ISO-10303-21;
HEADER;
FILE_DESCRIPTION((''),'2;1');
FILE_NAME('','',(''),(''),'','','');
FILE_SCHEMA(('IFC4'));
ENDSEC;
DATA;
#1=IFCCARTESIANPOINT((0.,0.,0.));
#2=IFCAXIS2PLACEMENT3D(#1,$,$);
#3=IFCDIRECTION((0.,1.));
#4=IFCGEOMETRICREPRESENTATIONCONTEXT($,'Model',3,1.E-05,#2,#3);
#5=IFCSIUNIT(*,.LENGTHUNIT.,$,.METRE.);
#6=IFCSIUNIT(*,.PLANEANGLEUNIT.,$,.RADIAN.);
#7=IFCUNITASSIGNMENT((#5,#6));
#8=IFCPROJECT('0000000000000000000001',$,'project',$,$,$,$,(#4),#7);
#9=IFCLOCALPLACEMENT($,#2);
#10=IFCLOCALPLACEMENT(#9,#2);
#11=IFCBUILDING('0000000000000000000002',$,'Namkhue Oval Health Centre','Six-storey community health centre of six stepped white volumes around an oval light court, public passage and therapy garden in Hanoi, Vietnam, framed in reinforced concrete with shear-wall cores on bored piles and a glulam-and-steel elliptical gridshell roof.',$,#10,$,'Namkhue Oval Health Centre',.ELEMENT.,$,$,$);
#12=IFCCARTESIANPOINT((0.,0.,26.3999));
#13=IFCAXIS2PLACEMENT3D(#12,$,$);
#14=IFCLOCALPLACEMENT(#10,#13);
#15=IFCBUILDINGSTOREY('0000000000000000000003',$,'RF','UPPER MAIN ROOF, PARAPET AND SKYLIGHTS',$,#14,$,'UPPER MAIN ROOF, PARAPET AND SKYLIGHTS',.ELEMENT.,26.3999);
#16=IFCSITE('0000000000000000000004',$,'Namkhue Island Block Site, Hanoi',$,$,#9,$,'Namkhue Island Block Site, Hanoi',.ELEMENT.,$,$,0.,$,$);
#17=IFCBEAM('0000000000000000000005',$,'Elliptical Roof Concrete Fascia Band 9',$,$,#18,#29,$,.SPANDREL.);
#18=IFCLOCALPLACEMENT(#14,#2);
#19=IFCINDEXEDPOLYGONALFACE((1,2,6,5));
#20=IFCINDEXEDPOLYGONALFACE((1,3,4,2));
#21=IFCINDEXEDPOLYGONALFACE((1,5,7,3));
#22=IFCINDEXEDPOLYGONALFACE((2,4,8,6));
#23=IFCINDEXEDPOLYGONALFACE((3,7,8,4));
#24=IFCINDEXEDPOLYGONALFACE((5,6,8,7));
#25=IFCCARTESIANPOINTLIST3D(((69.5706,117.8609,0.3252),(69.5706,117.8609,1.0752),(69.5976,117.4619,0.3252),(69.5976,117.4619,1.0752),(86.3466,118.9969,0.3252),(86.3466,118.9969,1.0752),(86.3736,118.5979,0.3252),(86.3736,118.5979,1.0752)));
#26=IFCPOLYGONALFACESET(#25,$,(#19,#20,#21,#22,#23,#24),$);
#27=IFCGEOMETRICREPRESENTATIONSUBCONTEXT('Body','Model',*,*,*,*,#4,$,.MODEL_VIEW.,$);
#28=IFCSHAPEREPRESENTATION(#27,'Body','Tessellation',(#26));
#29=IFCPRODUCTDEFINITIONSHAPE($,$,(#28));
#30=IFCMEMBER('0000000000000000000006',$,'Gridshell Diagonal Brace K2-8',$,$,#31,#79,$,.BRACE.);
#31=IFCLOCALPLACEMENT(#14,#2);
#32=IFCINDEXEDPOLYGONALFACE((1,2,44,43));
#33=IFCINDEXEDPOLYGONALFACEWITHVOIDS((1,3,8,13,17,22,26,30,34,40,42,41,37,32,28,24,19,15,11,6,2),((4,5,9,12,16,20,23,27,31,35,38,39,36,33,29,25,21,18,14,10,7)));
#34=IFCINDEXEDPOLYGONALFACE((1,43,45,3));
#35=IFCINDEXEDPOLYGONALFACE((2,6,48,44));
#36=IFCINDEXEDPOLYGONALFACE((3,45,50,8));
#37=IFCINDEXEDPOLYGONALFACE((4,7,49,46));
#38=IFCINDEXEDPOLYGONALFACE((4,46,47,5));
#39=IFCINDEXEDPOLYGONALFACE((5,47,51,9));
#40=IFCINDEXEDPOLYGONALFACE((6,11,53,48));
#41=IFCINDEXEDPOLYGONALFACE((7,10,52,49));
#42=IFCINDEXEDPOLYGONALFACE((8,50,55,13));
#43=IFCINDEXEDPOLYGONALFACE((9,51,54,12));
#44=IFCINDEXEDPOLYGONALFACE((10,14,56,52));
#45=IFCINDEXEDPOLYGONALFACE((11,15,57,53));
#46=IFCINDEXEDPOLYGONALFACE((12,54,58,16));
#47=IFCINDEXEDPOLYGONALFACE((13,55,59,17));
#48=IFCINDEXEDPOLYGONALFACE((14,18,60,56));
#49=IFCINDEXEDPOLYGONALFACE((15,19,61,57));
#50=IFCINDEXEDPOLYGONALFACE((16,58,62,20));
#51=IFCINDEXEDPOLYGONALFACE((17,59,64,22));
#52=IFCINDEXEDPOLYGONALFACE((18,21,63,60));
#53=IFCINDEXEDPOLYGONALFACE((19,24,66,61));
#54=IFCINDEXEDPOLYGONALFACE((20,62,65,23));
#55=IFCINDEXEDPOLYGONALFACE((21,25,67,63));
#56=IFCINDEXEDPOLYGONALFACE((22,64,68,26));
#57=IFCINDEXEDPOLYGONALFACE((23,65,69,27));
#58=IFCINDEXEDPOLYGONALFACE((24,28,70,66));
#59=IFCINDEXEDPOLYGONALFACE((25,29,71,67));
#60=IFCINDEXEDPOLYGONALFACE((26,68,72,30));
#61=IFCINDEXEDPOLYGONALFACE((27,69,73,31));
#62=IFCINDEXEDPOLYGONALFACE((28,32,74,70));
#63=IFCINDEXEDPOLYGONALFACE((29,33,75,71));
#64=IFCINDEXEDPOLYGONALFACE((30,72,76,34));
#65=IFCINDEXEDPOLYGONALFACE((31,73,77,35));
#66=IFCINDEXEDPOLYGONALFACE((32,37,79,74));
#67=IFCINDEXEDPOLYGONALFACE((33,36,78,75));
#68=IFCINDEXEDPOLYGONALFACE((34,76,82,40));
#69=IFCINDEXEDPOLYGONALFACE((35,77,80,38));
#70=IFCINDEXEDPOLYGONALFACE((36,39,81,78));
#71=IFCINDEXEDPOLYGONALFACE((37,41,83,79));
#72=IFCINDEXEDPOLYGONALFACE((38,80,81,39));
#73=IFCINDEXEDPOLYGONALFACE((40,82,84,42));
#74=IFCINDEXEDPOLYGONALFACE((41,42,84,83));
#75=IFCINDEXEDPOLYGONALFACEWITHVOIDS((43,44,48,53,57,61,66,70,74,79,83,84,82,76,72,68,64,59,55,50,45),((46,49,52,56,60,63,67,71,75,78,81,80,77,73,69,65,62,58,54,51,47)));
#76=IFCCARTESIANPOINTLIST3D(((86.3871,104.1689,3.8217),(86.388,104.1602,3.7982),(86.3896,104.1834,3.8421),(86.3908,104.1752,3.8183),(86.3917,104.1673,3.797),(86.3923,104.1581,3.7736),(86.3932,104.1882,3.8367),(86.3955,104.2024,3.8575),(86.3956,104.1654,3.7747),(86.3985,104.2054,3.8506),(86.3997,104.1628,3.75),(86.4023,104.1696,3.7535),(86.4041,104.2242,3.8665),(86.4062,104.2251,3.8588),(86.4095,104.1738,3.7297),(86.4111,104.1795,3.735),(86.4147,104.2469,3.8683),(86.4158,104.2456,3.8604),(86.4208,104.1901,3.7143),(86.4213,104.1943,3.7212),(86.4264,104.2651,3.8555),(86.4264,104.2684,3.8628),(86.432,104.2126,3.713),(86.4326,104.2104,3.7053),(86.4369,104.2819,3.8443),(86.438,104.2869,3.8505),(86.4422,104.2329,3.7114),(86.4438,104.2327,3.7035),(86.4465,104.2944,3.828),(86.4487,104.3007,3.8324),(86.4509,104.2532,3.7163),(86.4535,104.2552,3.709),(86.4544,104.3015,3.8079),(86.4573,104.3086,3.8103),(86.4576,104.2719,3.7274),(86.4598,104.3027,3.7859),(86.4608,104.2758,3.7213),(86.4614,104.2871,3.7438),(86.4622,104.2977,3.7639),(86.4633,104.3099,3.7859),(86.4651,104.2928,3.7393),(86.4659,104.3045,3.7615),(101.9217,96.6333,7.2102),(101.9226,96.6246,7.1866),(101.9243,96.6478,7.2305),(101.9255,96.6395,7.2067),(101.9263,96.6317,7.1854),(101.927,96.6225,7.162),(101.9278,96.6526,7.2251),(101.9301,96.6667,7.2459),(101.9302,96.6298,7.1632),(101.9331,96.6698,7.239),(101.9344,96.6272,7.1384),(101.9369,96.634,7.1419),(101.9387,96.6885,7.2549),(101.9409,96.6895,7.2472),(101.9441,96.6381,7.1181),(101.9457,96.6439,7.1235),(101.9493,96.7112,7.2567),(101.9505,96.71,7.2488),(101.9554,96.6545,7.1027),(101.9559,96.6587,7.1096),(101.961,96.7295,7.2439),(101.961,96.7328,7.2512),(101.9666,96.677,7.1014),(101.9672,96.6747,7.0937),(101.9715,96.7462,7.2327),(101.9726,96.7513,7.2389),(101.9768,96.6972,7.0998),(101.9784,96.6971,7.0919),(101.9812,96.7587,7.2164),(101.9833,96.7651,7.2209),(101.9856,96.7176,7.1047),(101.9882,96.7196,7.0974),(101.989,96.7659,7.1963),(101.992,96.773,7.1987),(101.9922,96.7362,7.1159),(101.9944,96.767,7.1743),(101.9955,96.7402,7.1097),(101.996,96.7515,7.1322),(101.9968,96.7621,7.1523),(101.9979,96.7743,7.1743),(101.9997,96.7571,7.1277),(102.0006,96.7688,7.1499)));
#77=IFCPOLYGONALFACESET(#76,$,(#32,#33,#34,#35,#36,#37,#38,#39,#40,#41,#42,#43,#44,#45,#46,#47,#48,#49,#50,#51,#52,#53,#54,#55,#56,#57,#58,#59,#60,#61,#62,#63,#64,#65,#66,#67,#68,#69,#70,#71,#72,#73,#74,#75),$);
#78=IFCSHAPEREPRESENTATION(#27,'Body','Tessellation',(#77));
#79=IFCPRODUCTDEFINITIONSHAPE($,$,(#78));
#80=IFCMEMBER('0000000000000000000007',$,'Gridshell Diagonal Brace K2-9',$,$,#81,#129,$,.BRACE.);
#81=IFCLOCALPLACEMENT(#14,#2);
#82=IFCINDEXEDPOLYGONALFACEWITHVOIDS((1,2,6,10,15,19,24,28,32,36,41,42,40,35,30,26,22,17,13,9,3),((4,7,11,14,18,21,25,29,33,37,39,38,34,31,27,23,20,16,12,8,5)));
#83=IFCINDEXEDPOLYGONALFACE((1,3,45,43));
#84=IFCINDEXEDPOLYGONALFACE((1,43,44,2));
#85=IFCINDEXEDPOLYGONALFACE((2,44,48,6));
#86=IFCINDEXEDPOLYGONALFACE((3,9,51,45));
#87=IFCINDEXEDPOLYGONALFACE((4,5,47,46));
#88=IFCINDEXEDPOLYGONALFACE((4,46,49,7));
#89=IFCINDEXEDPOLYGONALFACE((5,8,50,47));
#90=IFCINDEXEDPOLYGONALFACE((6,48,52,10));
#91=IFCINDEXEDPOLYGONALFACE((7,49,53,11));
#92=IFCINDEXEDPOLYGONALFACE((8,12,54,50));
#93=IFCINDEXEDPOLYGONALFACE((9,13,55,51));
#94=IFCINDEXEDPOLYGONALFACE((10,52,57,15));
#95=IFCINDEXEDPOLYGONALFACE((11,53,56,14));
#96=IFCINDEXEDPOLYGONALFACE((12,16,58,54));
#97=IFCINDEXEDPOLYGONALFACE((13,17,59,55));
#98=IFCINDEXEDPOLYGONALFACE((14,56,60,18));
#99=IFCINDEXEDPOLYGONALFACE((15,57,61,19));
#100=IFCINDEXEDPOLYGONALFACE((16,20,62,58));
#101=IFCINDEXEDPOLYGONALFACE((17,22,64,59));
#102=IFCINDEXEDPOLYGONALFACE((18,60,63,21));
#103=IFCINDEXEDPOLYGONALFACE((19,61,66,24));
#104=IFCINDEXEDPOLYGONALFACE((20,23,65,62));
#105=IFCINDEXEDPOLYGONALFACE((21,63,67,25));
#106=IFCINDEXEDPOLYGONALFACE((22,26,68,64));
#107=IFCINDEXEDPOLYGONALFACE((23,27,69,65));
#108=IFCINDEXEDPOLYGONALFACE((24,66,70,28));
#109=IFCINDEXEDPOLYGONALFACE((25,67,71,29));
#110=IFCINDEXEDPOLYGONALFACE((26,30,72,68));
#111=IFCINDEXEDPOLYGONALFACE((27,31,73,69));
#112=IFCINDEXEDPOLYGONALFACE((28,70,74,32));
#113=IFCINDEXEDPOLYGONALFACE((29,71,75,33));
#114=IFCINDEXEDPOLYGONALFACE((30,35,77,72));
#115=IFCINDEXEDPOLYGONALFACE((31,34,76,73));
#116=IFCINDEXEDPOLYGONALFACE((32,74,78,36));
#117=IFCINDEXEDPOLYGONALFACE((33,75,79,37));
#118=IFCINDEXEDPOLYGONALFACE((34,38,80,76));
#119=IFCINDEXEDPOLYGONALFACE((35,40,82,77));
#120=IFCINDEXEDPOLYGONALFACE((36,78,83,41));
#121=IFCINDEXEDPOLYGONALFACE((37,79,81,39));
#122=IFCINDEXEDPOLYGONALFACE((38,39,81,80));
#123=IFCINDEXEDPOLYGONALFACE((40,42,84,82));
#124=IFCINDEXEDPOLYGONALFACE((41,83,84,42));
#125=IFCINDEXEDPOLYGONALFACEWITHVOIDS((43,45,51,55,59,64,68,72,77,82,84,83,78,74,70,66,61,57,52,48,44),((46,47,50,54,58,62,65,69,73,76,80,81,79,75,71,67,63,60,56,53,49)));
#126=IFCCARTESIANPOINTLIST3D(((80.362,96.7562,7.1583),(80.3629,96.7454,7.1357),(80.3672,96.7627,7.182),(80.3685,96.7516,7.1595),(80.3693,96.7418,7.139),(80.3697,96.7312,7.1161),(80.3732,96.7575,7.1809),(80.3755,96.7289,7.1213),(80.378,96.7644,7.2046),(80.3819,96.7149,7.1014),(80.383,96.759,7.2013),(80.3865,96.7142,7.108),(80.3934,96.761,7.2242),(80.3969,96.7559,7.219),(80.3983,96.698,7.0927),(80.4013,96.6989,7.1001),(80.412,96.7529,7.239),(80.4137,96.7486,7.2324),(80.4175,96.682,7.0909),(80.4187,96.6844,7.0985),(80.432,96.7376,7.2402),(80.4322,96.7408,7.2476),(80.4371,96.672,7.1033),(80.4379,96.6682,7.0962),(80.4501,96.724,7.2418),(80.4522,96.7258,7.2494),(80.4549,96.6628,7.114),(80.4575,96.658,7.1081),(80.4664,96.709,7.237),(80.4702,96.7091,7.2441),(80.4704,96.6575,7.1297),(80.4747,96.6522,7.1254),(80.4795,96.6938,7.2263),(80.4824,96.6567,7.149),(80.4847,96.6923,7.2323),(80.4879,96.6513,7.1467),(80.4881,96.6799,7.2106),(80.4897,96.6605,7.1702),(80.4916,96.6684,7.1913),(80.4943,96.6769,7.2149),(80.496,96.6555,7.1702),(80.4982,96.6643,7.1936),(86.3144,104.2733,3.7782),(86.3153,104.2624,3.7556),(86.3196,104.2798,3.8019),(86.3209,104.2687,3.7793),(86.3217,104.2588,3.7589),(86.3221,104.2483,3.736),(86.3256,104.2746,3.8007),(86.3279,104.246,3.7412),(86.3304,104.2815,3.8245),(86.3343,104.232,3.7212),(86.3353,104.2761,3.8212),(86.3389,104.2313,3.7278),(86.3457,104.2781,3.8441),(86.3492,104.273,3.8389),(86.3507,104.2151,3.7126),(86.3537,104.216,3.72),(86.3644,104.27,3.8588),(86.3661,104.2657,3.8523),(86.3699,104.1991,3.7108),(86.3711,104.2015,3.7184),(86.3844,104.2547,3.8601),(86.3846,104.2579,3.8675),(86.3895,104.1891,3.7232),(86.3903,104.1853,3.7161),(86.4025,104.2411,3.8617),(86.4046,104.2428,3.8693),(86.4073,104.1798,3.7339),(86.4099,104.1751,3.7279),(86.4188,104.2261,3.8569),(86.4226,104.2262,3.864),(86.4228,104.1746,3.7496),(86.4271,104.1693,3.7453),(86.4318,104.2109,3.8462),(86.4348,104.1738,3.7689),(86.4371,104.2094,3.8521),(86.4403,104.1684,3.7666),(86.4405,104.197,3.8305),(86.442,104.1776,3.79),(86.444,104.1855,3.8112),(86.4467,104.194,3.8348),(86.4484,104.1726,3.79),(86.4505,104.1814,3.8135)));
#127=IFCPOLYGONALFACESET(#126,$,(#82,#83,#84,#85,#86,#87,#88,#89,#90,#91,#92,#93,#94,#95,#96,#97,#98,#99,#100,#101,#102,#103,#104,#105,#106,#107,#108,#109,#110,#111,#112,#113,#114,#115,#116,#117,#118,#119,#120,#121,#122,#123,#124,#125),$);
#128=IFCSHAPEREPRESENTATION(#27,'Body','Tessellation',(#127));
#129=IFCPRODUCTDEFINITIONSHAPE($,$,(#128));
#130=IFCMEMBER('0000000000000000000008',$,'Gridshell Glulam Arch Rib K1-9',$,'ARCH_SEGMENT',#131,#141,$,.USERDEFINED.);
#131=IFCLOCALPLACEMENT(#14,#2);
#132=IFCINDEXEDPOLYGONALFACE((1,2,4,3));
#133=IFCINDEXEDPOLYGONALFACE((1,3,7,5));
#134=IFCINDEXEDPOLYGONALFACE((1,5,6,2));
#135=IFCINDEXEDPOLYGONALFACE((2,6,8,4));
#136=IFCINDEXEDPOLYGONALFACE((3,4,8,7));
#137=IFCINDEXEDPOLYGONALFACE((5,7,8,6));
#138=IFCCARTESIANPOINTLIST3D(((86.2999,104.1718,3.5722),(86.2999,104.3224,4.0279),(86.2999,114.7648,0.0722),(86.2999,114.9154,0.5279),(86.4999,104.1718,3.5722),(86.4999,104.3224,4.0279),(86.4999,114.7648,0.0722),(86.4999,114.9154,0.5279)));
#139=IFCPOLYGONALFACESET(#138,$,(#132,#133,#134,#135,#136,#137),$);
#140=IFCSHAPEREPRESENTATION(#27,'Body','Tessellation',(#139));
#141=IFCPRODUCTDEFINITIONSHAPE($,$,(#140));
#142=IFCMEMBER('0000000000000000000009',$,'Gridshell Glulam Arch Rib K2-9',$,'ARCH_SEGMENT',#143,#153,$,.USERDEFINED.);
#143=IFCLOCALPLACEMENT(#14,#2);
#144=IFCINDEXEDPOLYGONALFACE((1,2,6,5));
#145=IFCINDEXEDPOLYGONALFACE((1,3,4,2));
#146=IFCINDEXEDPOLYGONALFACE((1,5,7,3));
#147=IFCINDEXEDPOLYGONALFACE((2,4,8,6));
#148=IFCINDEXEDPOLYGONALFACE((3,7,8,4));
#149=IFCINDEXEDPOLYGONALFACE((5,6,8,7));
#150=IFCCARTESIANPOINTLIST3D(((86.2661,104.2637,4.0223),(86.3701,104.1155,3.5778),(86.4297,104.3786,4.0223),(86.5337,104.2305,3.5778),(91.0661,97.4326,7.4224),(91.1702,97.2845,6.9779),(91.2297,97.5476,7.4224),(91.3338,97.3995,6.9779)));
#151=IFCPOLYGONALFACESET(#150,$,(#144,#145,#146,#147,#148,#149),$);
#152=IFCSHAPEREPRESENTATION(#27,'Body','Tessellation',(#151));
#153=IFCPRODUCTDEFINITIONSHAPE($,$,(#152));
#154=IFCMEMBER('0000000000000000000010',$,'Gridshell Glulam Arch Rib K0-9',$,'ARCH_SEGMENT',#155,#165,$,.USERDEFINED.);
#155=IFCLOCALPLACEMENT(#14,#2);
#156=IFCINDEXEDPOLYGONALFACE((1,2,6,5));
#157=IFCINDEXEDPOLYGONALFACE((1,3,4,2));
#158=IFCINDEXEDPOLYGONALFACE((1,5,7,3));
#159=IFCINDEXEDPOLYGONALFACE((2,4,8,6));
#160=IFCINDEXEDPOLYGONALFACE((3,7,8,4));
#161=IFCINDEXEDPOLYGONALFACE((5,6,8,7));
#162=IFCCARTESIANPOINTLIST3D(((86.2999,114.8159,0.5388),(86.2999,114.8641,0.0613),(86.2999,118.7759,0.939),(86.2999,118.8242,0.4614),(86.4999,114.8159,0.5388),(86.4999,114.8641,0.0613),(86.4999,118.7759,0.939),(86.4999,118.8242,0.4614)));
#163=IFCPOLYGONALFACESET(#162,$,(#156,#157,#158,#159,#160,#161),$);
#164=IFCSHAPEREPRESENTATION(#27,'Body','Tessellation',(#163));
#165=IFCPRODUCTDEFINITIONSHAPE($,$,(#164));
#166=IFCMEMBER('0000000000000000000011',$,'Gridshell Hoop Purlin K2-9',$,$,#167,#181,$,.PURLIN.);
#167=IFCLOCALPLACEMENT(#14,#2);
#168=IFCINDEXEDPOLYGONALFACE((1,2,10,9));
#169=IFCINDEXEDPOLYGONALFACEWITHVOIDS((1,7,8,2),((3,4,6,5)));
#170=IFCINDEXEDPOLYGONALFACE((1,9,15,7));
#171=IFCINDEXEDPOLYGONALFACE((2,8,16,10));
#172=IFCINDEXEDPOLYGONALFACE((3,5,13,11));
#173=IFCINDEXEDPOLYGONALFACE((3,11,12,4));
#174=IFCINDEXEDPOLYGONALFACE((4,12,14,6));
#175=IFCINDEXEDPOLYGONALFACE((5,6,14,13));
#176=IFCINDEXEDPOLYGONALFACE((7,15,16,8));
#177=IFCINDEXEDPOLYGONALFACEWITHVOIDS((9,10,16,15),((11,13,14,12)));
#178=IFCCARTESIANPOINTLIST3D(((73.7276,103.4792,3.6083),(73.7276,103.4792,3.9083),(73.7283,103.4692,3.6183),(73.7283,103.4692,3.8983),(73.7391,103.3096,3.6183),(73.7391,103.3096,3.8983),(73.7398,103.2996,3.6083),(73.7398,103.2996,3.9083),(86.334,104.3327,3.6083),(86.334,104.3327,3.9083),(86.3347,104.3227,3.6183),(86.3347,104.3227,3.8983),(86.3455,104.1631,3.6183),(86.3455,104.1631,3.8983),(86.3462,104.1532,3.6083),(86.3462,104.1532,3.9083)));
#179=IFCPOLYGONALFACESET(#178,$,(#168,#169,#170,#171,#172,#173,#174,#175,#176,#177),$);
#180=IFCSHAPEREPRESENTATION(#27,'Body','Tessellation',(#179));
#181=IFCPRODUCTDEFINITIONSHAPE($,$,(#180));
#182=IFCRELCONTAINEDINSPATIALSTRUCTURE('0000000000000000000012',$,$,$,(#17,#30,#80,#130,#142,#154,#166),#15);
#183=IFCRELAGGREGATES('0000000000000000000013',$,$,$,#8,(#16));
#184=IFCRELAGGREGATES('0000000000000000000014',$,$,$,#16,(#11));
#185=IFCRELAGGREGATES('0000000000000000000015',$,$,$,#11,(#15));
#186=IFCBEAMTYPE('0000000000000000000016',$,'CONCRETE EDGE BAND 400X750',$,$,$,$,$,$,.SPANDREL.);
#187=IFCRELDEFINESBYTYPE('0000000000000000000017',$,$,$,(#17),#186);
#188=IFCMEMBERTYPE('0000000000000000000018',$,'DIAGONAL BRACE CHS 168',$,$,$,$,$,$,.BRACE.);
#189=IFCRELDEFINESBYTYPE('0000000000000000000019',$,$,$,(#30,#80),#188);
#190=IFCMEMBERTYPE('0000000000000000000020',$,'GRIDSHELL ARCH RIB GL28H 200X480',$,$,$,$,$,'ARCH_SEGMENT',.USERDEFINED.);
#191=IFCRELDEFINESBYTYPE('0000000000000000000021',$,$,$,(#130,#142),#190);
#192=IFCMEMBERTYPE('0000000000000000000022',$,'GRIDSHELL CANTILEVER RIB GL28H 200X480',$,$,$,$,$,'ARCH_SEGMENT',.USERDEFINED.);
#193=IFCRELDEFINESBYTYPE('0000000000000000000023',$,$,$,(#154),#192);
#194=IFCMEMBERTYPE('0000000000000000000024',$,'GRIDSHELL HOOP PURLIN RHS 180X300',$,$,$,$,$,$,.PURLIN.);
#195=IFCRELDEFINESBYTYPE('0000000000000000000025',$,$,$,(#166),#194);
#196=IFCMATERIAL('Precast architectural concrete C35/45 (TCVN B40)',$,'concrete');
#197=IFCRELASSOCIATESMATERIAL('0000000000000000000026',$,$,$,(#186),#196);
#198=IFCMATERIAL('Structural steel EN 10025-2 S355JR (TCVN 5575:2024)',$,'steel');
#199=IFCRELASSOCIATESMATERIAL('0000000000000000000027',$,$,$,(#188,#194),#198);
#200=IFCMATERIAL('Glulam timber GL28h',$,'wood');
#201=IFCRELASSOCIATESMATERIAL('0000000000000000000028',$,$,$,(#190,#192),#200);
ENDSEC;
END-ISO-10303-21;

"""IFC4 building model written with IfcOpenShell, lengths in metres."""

from ifc_helpers import new_model, si_unit, direction, frame, origin, origin_2d, place, context, subcontext, project, spatial, rectangle, hollow_rectangle, hollow_circle, extrude, material, material_profile, profile_set, type_object, element, save


model = new_model("IFC4")

# Units and contexts
model_context = context("Model", 3, precision=1e-05, world=origin(), true_north=direction((0.0, 1.0)))
body_context = subcontext(model_context, "Body", "Model", "MODEL_VIEW")
ifc_project = project(units=[si_unit("LENGTHUNIT", "METRE"), si_unit("PLANEANGLEUNIT", "RADIAN")], contexts=[model_context])

# Site, building, storey
site_placement = place(None, origin())
site = spatial("IfcSite", under=ifc_project, at=site_placement, Name="Namkhue Island Block Site, Hanoi", LongName="Namkhue Island Block Site, Hanoi", CompositionType="ELEMENT", RefElevation=0.0)
building_placement = place(site_placement, origin())
building = spatial("IfcBuilding", under=site, at=building_placement, Name="Namkhue Oval Health Centre", Description="Six-storey community health centre of six stepped white volumes around an oval light court, public passage and therapy garden in Hanoi, Vietnam, framed in reinforced concrete with shear-wall cores on bored piles and a glulam-and-steel elliptical gridshell roof.", LongName="Namkhue Oval Health Centre", CompositionType="ELEMENT")
storey_placement = place(building_placement, frame((0.0, 0.0, 26.3999)))
storey = spatial("IfcBuildingStorey", under=building, at=storey_placement, Name="RF", Description="UPPER MAIN ROOF, PARAPET AND SKYLIGHTS", LongName="UPPER MAIN ROOF, PARAPET AND SKYLIGHTS", CompositionType="ELEMENT", Elevation=26.3999)

# Beam
ifc_material_1 = material(Name="Precast architectural concrete C35/45 (TCVN B40)", Category="concrete")
ifc_material_profile_1 = material_profile(ifc_material_1, rectangle(XDim=0.3999, YDim=0.75, at=origin_2d()), Name="RC 400x750")
ifc_profile_set_1 = profile_set([ifc_material_profile_1], Name="Precast architectural concrete C35/45 (TCVN B40)")
beam_type = type_object("IfcBeamType", Name="CONCRETE EDGE BAND 400X750", PredefinedType="SPANDREL", material=ifc_profile_set_1)
beam_placement = place(storey_placement, frame((86.3601, 118.7974, 0.7002), z_axis=(-0.997715, -0.06756, 0.0), x_axis=(0.06756, -0.997715, 0.0)))
element("IfcBeam", 1, at=beam_placement, inside=storey, type_object=beam_type, Name="Elliptical Roof Concrete Fascia Band 9", PredefinedType="SPANDREL", context=body_context, shape_type="SweptSolid", body=[
    extrude(rectangle(XDim=0.3999, YDim=0.75, at=origin_2d()), origin(), (0.0, 0.0, 1.0), 16.8145),
])

# Members
ifc_material_2 = material(Name="Structural steel EN 10025-2 S355JR (TCVN 5575:2024)", Category="steel")
ifc_material_profile_2 = material_profile(ifc_material_2, hollow_circle(Radius=0.0842, WallThickness=0.0081, at=origin_2d()), Name="CHS 168.3x8")
ifc_profile_set_2 = profile_set([ifc_material_profile_2], Name="Structural steel EN 10025-2 S355JR (TCVN 5575:2024)")
member_type_1 = type_object("IfcMemberType", Name="DIAGONAL BRACE CHS 168", PredefinedType="BRACE", material=ifc_profile_set_2)
member_1_placement = place(storey_placement, frame((86.4265, 104.2341, 3.7859), z_axis=(0.882889, -0.428277, 0.192576), x_axis=(0.436446, 0.89973, 0.0)))
element("IfcMember", 2, at=member_1_placement, inside=storey, type_object=member_type_1, Name="Gridshell Diagonal Brace K2-8", PredefinedType="BRACE", context=body_context, shape_type="SweptSolid", body=[
    extrude(hollow_circle(Radius=0.0842, WallThickness=0.0081, at=origin_2d()), origin(), (0.0, 0.0, 1.0), 17.5952),
])
member_2_placement = place(storey_placement, frame((86.3823, 104.2249, 3.79), z_axis=(-0.585476, -0.73938, 0.332469), x_axis=(0.783977, -0.62079, 0.0)))
element("IfcMember", 3, at=member_2_placement, inside=storey, type_object=member_type_1, Name="Gridshell Diagonal Brace K2-9", PredefinedType="BRACE", context=body_context, shape_type="SweptSolid", body=[
    extrude(hollow_circle(Radius=0.0842, WallThickness=0.0081, at=origin_2d()), origin(), (0.0, 0.0, 1.0), 10.1667),
])
ifc_material_3 = material(Name="Glulam timber GL28h", Category="wood")
ifc_material_profile_3 = material_profile(ifc_material_3, rectangle(XDim=0.2, YDim=0.48, at=origin_2d()), Name="GL28h 200x480")
ifc_profile_set_3 = profile_set([ifc_material_profile_3], Name="Glulam timber GL28h")
member_type_2 = type_object("IfcMemberType", Name="GRIDSHELL ARCH RIB GL28H 200X480", ElementType="ARCH_SEGMENT", PredefinedType="USERDEFINED", material=ifc_profile_set_3)
member_3_placement = place(storey_placement, frame((86.3999, 114.8401, 0.3), z_axis=(0.0, -0.949514, 0.313725), x_axis=(1.0, 0.0, 0.0)))
element("IfcMember", 4, at=member_3_placement, inside=storey, type_object=member_type_2, Name="Gridshell Glulam Arch Rib K1-9", ObjectType="ARCH_SEGMENT", PredefinedType="USERDEFINED", context=body_context, shape_type="SweptSolid", body=[
    extrude(rectangle(XDim=0.2, YDim=0.48, at=origin_2d()), origin(), (0.0, 0.0, 1.0), 11.1562),
])
member_4_placement = place(storey_placement, frame((86.3999, 104.2471, 3.8), z_axis=(0.532469, -0.757769, 0.377178), x_axis=(0.8182, 0.574933, 0.0)))
element("IfcMember", 5, at=member_4_placement, inside=storey, type_object=member_type_2, Name="Gridshell Glulam Arch Rib K2-9", ObjectType="ARCH_SEGMENT", PredefinedType="USERDEFINED", context=body_context, shape_type="SweptSolid", body=[
    extrude(rectangle(XDim=0.2, YDim=0.48, at=origin_2d()), origin(), (0.0, 0.0, 1.0), 9.0146),
])
ifc_material_profile_4 = material_profile(ifc_material_3, rectangle(XDim=0.2, YDim=0.48, at=origin_2d()), Name="GL28h 200x480")
ifc_profile_set_4 = profile_set([ifc_material_profile_4], Name="Glulam timber GL28h")
member_type_3 = type_object("IfcMemberType", Name="GRIDSHELL CANTILEVER RIB GL28H 200X480", ElementType="ARCH_SEGMENT", PredefinedType="USERDEFINED", material=ifc_profile_set_4)
member_5_placement = place(storey_placement, frame((86.3999, 118.8, 0.7002), z_axis=(0.0, -0.994933, -0.100536), x_axis=(1.0, 0.0, 0.0)))
element("IfcMember", 6, at=member_5_placement, inside=storey, type_object=member_type_3, Name="Gridshell Glulam Arch Rib K0-9", ObjectType="ARCH_SEGMENT", PredefinedType="USERDEFINED", context=body_context, shape_type="SweptSolid", body=[
    extrude(rectangle(XDim=0.2, YDim=0.48, at=origin_2d()), origin(), (0.0, 0.0, 1.0), 3.9802),
])
ifc_material_profile_5 = material_profile(ifc_material_2, hollow_rectangle(XDim=0.1799, YDim=0.3, WallThickness=0.01, at=origin_2d()), Name="RHS 180x300x10")
ifc_profile_set_5 = profile_set([ifc_material_profile_5], Name="Structural steel EN 10025-2 S355JR (TCVN 5575:2024)")
member_type_4 = type_object("IfcMemberType", Name="GRIDSHELL HOOP PURLIN RHS 180X300", PredefinedType="PURLIN", material=ifc_profile_set_5)
member_6_placement = place(storey_placement, frame((86.3401, 104.2429, 3.7583), z_axis=(-0.997716, -0.06755, 0.0), x_axis=(0.06755, -0.997716, 0.0)))
element("IfcMember", 7, at=member_6_placement, inside=storey, type_object=member_type_4, Name="Gridshell Hoop Purlin K2-9", PredefinedType="PURLIN", context=body_context, shape_type="SweptSolid", body=[
    extrude(hollow_rectangle(XDim=0.1799, YDim=0.3, WallThickness=0.01, at=origin_2d()), origin(), (0.0, 0.0, 1.0), 12.6353),
])

save(model, "model.ifc")
